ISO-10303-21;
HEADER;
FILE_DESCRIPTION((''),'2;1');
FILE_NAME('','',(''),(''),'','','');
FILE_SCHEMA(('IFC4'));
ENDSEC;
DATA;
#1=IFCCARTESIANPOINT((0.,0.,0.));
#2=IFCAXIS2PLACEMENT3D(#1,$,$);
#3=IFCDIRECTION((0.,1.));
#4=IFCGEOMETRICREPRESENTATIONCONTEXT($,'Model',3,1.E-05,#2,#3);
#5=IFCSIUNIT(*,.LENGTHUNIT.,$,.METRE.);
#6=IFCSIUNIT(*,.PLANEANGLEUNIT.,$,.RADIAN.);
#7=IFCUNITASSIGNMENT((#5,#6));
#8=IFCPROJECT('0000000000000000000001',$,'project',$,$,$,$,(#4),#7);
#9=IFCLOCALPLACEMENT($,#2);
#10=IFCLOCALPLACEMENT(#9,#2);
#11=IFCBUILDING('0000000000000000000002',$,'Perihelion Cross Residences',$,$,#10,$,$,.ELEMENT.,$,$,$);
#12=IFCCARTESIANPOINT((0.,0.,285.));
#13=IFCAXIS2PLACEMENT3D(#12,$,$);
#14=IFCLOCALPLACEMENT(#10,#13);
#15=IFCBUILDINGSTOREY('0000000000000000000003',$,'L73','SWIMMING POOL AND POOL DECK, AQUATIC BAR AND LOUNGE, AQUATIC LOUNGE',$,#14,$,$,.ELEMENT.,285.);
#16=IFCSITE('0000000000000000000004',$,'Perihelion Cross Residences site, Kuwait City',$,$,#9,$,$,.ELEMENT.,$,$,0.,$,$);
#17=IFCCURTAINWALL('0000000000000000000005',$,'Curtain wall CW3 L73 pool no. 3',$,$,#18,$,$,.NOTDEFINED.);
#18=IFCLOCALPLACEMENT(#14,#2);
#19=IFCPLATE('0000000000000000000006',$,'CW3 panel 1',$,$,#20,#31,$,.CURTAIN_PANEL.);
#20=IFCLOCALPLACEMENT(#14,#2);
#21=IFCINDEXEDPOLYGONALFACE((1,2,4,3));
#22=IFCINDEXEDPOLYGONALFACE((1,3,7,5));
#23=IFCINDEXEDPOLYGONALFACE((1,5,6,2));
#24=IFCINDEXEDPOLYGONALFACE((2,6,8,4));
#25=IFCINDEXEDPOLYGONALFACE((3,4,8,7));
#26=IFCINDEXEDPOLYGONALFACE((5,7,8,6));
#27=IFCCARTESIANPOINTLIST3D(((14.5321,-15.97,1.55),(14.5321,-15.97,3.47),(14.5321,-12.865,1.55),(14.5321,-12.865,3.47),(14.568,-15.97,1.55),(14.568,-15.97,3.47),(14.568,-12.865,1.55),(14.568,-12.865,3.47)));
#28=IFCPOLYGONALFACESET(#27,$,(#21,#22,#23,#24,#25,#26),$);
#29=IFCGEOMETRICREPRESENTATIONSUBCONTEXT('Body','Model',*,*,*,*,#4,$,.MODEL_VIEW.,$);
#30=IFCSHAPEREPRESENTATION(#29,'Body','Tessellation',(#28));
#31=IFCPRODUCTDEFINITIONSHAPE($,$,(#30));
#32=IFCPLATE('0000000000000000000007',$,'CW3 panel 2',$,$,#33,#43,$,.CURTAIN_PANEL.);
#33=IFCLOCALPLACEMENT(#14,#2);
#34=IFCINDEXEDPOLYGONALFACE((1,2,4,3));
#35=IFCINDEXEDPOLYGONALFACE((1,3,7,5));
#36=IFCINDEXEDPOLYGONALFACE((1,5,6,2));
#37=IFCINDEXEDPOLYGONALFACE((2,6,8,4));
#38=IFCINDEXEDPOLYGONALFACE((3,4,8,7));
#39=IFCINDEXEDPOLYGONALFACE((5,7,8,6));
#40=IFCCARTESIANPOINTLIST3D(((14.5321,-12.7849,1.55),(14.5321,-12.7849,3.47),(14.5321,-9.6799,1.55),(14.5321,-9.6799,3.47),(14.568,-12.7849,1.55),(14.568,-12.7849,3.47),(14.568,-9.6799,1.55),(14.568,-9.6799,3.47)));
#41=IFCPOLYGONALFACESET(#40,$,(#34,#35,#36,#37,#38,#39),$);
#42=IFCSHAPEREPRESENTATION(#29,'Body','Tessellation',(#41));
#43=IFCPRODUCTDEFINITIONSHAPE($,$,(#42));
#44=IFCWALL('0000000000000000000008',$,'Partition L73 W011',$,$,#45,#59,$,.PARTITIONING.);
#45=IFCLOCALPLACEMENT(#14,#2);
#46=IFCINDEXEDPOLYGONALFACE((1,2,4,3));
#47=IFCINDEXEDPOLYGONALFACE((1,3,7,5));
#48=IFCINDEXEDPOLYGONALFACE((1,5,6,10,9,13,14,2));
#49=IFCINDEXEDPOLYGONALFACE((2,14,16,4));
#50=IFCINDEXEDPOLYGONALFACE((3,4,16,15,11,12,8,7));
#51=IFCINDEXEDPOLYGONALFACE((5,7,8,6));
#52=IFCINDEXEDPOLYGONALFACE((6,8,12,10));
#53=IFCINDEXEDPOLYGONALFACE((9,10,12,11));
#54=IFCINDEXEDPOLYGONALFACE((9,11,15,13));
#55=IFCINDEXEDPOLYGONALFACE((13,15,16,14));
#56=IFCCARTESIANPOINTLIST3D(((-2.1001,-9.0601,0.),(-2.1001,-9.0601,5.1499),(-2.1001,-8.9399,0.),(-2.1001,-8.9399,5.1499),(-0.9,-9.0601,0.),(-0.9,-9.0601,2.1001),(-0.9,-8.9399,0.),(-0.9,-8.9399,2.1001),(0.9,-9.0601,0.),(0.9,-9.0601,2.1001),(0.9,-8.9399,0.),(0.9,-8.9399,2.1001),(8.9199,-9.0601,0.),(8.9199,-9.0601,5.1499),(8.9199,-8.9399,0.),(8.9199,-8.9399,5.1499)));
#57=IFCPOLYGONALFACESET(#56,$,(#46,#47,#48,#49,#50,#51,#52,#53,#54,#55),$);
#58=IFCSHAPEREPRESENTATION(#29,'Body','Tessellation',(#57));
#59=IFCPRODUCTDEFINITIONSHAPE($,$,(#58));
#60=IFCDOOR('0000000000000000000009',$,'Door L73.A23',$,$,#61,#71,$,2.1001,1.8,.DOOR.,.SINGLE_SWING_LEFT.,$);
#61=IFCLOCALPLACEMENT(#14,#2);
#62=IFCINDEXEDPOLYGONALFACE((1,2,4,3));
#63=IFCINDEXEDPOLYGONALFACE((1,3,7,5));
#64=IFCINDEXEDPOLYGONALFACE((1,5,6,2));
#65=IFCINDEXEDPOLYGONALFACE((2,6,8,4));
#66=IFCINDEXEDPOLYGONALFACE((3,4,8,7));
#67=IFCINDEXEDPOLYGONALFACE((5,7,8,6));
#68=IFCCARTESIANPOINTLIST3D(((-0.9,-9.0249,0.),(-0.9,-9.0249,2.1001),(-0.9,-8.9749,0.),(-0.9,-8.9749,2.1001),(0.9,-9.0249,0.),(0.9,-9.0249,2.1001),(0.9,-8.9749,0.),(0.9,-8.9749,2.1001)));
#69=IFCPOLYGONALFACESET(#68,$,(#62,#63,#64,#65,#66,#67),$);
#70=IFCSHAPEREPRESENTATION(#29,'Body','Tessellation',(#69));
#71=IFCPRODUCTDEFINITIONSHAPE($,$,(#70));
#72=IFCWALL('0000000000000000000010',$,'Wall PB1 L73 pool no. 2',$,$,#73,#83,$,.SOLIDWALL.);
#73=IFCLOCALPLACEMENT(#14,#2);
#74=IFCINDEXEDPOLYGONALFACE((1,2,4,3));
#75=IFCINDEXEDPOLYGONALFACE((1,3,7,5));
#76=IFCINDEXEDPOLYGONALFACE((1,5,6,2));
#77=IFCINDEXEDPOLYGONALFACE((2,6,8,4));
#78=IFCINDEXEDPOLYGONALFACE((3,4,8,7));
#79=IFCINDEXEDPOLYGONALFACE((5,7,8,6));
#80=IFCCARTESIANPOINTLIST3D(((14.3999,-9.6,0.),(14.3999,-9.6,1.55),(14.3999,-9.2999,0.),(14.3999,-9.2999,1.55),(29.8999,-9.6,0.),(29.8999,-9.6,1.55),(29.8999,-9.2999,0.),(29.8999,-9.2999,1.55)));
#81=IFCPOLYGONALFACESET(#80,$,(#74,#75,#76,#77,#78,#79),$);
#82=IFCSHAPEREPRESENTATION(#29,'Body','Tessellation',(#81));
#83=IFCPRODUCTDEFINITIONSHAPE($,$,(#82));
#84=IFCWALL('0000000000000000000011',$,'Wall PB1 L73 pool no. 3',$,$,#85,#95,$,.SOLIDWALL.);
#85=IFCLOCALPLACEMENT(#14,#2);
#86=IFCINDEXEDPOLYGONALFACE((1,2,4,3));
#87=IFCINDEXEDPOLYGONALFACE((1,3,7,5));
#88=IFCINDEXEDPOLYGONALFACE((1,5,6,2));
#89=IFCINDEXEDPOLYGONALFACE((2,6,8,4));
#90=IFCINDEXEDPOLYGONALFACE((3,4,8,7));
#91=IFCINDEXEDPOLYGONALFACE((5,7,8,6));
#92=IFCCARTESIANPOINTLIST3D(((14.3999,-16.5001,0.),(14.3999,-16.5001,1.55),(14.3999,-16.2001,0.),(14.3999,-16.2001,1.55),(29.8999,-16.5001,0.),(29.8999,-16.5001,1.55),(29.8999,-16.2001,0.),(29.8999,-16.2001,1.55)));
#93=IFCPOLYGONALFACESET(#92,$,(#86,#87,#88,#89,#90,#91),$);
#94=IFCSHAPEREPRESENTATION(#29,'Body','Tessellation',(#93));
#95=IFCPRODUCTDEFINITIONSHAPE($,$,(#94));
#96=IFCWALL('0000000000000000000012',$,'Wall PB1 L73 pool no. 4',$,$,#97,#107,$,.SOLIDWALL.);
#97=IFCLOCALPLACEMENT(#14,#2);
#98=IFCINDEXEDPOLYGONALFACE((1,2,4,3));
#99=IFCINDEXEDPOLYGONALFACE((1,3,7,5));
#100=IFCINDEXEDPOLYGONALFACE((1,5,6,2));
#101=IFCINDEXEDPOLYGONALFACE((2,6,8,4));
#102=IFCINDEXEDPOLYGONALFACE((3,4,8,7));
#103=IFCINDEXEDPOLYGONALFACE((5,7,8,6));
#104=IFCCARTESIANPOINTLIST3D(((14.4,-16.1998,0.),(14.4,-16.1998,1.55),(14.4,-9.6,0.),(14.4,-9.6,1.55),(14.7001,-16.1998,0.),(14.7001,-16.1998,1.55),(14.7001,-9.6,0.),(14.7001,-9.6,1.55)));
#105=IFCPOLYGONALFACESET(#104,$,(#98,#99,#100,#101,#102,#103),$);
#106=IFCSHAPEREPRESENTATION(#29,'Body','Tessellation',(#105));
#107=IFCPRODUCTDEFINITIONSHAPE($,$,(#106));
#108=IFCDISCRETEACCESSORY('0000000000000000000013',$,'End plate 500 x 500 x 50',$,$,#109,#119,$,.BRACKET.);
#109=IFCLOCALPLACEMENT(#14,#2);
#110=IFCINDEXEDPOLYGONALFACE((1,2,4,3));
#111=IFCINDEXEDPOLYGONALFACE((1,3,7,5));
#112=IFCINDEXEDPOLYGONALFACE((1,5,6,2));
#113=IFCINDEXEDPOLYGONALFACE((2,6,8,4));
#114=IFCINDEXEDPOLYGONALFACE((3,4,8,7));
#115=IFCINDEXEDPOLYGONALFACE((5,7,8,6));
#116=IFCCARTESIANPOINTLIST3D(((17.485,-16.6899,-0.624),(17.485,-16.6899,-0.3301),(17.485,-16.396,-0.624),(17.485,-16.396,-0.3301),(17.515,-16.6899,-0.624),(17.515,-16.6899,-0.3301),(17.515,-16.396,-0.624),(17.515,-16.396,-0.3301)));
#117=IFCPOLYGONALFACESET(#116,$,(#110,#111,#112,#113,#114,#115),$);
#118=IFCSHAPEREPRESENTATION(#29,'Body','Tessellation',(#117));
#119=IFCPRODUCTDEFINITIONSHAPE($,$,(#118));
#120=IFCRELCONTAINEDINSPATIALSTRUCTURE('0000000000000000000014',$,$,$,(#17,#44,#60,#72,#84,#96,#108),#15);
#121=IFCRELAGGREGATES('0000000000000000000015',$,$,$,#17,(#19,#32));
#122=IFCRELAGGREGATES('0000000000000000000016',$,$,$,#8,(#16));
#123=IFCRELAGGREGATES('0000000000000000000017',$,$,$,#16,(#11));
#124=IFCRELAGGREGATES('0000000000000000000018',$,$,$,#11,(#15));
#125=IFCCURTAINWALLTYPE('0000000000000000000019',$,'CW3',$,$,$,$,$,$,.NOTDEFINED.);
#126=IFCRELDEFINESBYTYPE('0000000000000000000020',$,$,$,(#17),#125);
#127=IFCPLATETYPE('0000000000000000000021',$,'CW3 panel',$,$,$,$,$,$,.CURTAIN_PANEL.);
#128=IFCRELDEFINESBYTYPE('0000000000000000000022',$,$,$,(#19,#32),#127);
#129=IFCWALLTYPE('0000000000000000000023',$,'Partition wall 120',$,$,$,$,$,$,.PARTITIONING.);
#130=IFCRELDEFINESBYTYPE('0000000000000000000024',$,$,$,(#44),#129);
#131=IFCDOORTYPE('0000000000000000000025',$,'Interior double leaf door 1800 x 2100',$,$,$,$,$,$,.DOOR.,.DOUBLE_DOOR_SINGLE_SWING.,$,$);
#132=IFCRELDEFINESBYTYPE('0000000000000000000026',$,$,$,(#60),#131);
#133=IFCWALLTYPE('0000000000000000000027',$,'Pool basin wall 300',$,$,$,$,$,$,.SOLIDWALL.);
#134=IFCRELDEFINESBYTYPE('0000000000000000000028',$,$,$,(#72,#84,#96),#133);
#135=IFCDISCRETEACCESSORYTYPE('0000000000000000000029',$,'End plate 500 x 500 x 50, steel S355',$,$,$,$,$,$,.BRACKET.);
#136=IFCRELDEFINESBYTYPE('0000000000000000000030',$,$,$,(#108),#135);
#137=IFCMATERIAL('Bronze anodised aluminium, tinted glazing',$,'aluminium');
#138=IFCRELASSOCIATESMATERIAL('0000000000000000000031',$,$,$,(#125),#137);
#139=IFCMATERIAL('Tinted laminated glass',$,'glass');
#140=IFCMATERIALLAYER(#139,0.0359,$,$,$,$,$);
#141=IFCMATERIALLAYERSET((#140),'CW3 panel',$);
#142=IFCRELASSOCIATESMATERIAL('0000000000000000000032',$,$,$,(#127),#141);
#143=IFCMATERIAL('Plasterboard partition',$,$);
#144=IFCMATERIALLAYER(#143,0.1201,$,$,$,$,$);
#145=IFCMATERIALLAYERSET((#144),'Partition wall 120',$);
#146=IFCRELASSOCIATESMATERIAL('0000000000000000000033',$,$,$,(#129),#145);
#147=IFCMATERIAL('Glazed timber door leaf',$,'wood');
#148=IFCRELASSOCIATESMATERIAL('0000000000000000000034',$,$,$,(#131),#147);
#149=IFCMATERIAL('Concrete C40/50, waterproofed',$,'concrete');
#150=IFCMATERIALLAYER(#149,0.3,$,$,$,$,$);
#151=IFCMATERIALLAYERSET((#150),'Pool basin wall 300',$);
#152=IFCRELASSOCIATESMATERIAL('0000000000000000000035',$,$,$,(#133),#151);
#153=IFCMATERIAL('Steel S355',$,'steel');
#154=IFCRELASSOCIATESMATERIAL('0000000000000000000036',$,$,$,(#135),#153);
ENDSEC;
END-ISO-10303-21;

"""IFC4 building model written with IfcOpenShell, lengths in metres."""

from ifc_helpers import new_model, si_unit, direction, frame, frame_2d, origin, origin_2d, place, context, subcontext, project, spatial, rectangle, extrude, material, layer, layer_set, type_object, element, fill, aggregate, save


model = new_model("IFC4")

# Units and contexts
model_context = context("Model", 3, precision=1e-05, world=origin(), true_north=direction((0.0, 1.0)))
body_context = subcontext(model_context, "Body", "Model", "MODEL_VIEW")
ifc_project = project(units=[si_unit("LENGTHUNIT", "METRE"), si_unit("PLANEANGLEUNIT", "RADIAN")], contexts=[model_context])

# Site, building, storey
site_placement = place(None, origin())
site = spatial("IfcSite", under=ifc_project, at=site_placement, Name="Perihelion Cross Residences site, Kuwait City", CompositionType="ELEMENT", RefElevation=0.0)
building_placement = place(site_placement, origin())
building = spatial("IfcBuilding", under=site, at=building_placement, Name="Perihelion Cross Residences", CompositionType="ELEMENT")
storey_placement = place(building_placement, frame((0.0, 0.0, 285.0)))
storey = spatial("IfcBuildingStorey", under=building, at=storey_placement, Name="L73", Description="SWIMMING POOL AND POOL DECK, AQUATIC BAR AND LOUNGE, AQUATIC LOUNGE", CompositionType="ELEMENT", Elevation=285.0)

# Shared definitions
ifc_material_1 = material(Name="Bronze anodised aluminium, tinted glazing", Category="aluminium")
curtain_wall_type = type_object("IfcCurtainWallType", Name="CW3", PredefinedType="NOTDEFINED", material=ifc_material_1)

# Curtain wall
curtain_wall_1_placement = place(storey_placement, origin())
curtain_wall_1 = element("IfcCurtainWall", 1, at=curtain_wall_1_placement, inside=storey, type_object=curtain_wall_type, Name="Curtain wall CW3 L73 pool no. 3", PredefinedType="NOTDEFINED")

# Plates
ifc_material_2 = material(Name="Tinted laminated glass", Category="glass")
ifc_layer_1 = layer(ifc_material_2, 0.0359)
ifc_layer_set_1 = layer_set([ifc_layer_1], Name="CW3 panel")
plate_type = type_object("IfcPlateType", Name="CW3 panel", PredefinedType="CURTAIN_PANEL", material=ifc_layer_set_1)
plate_1_placement = place(storey_placement, frame((14.55, -14.4175, 1.55), z_axis=(0.0, 0.0, 1.0), x_axis=(0.0, 1.0, 0.0)))
plate_1 = element("IfcPlate", 2, at=plate_1_placement, type_object=plate_type, Name="CW3 panel 1", PredefinedType="CURTAIN_PANEL", context=body_context, shape_type="SweptSolid", body=[
    extrude(rectangle(XDim=3.105, YDim=0.0359, at=origin_2d()), origin(), (0.0, 0.0, 1.0), 1.9199),
])
plate_2_placement = place(storey_placement, frame((14.55, -11.2324, 1.55), z_axis=(0.0, 0.0, 1.0), x_axis=(0.0, 1.0, 0.0)))
plate_2 = element("IfcPlate", 3, at=plate_2_placement, type_object=plate_type, Name="CW3 panel 2", PredefinedType="CURTAIN_PANEL", context=body_context, shape_type="SweptSolid", body=[
    extrude(rectangle(XDim=3.105, YDim=0.0359, at=origin_2d()), origin(), (0.0, 0.0, 1.0), 1.9199),
])
aggregate(curtain_wall_1, [plate_1, plate_2])

# Wall, opening, door
ifc_material_3 = material(Name="Plasterboard partition")
ifc_layer_2 = layer(ifc_material_3, 0.1201)
ifc_layer_set_2 = layer_set([ifc_layer_2], Name="Partition wall 120")
wall_type_1 = type_object("IfcWallType", Name="Partition wall 120", PredefinedType="PARTITIONING", material=ifc_layer_set_2)
wall_1_placement = place(storey_placement, frame((8.9199, -9.0, 0.0), z_axis=(0.0, 0.0, 1.0), x_axis=(-1.0, 0.0, 0.0)))
wall_1 = element("IfcWall", 4, at=wall_1_placement, inside=storey, type_object=wall_type_1, Name="Partition L73 W011", PredefinedType="PARTITIONING", context=body_context, shape_type="SweptSolid", body=[
    extrude(rectangle(XDim=11.02, YDim=0.1201, at=frame_2d((5.51, 0.0))), origin(), (0.0, 0.0, 1.0), 5.1499),
])
opening_placement = place(wall_1_placement, frame((8.02, 0.0, 0.0)))
opening = element("IfcOpeningElement", 5, at=opening_placement, cuts=wall_1, PredefinedType="OPENING", context=body_context, shape_type="SweptSolid", body=[
    extrude(rectangle(XDim=1.8, YDim=2.1001, at=frame_2d((0.8999, 1.05))), frame((0.0, 0.0701, 0.0), z_axis=(0.0, -1.0, 0.0), x_axis=(1.0, 0.0, 0.0)), (0.0, 0.0, 1.0), 0.1401),
])
ifc_material_4 = material(Name="Glazed timber door leaf", Category="wood")
door_type = type_object("IfcDoorType", Name="Interior double leaf door 1800 x 2100", OperationType="DOUBLE_DOOR_SINGLE_SWING", PredefinedType="DOOR", material=ifc_material_4)
door_placement = place(opening_placement, origin())
door = element("IfcDoor", 6, at=door_placement, inside=storey, type_object=door_type, Name="Door L73.A23", OperationType="SINGLE_SWING_LEFT", OverallHeight=2.1001, OverallWidth=1.8, PredefinedType="DOOR", context=body_context, shape_type="SweptSolid", body=[
    extrude(rectangle(XDim=1.8, YDim=2.1001, at=frame_2d((0.8999, 1.05))), frame((0.0, 0.0249, 0.0), z_axis=(0.0, -1.0, 0.0), x_axis=(1.0, 0.0, 0.0)), (0.0, 0.0, 1.0), 0.05),
])
fill(opening, door)

# Walls
ifc_material_5 = material(Name="Concrete C40/50, waterproofed", Category="concrete")
ifc_layer_3 = layer(ifc_material_5, 0.3)
ifc_layer_set_3 = layer_set([ifc_layer_3], Name="Pool basin wall 300")
wall_type_2 = type_object("IfcWallType", Name="Pool basin wall 300", PredefinedType="SOLIDWALL", material=ifc_layer_set_3)
for number, where, z_axis, x_axis, name in (
    (7, (14.3999, -9.45, 0.0), (0.0, 0.0, 1.0), (1.0, 0.0, 0.0), "Wall PB1 L73 pool no. 2"),
    (8, (14.3999, -16.3501, 0.0), (0.0, 0.0, 1.0), (1.0, 0.0, 0.0), "Wall PB1 L73 pool no. 3"),
):
    element("IfcWall", number, at=place(storey_placement, frame(where, z_axis=z_axis, x_axis=x_axis)), inside=storey, type_object=wall_type_2, Name=name, PredefinedType="SOLIDWALL", context=body_context, shape_type="SweptSolid", body=[
        extrude(rectangle(XDim=15.5, YDim=0.3, at=frame_2d((7.75, 0.0))), origin(), (0.0, 0.0, 1.0), 1.55),
    ])
wall_2_placement = place(storey_placement, frame((14.55, -9.6001, 0.0), z_axis=(0.0, 0.0, 1.0), x_axis=(0.0, -1.0, 0.0)))
element("IfcWall", 9, at=wall_2_placement, inside=storey, type_object=wall_type_2, Name="Wall PB1 L73 pool no. 4", PredefinedType="SOLIDWALL", context=body_context, shape_type="SweptSolid", body=[
    extrude(rectangle(XDim=6.5999, YDim=0.3, at=frame_2d((3.2998, 0.0))), origin(), (0.0, 0.0, 1.0), 1.55),
])

# Discrete accessory
ifc_material_6 = material(Name="Steel S355", Category="steel")
discrete_accessory_type = type_object("IfcDiscreteAccessoryType", Name="End plate 500 x 500 x 50, steel S355", PredefinedType="BRACKET", material=ifc_material_6)
discrete_accessory_placement = place(storey_placement, frame((17.5, -16.543, -0.624), z_axis=(0.0, 0.0, 1.0), x_axis=(1.0, 0.0, 0.0)))
element("IfcDiscreteAccessory", 10, at=discrete_accessory_placement, inside=storey, type_object=discrete_accessory_type, Name="End plate 500 x 500 x 50", PredefinedType="BRACKET", context=body_context, shape_type="SweptSolid", body=[
    extrude(rectangle(XDim=0.03, YDim=0.2939, at=origin_2d()), origin(), (0.0, 0.0, 1.0), 0.2939),
])

save(model, "model.ifc")
